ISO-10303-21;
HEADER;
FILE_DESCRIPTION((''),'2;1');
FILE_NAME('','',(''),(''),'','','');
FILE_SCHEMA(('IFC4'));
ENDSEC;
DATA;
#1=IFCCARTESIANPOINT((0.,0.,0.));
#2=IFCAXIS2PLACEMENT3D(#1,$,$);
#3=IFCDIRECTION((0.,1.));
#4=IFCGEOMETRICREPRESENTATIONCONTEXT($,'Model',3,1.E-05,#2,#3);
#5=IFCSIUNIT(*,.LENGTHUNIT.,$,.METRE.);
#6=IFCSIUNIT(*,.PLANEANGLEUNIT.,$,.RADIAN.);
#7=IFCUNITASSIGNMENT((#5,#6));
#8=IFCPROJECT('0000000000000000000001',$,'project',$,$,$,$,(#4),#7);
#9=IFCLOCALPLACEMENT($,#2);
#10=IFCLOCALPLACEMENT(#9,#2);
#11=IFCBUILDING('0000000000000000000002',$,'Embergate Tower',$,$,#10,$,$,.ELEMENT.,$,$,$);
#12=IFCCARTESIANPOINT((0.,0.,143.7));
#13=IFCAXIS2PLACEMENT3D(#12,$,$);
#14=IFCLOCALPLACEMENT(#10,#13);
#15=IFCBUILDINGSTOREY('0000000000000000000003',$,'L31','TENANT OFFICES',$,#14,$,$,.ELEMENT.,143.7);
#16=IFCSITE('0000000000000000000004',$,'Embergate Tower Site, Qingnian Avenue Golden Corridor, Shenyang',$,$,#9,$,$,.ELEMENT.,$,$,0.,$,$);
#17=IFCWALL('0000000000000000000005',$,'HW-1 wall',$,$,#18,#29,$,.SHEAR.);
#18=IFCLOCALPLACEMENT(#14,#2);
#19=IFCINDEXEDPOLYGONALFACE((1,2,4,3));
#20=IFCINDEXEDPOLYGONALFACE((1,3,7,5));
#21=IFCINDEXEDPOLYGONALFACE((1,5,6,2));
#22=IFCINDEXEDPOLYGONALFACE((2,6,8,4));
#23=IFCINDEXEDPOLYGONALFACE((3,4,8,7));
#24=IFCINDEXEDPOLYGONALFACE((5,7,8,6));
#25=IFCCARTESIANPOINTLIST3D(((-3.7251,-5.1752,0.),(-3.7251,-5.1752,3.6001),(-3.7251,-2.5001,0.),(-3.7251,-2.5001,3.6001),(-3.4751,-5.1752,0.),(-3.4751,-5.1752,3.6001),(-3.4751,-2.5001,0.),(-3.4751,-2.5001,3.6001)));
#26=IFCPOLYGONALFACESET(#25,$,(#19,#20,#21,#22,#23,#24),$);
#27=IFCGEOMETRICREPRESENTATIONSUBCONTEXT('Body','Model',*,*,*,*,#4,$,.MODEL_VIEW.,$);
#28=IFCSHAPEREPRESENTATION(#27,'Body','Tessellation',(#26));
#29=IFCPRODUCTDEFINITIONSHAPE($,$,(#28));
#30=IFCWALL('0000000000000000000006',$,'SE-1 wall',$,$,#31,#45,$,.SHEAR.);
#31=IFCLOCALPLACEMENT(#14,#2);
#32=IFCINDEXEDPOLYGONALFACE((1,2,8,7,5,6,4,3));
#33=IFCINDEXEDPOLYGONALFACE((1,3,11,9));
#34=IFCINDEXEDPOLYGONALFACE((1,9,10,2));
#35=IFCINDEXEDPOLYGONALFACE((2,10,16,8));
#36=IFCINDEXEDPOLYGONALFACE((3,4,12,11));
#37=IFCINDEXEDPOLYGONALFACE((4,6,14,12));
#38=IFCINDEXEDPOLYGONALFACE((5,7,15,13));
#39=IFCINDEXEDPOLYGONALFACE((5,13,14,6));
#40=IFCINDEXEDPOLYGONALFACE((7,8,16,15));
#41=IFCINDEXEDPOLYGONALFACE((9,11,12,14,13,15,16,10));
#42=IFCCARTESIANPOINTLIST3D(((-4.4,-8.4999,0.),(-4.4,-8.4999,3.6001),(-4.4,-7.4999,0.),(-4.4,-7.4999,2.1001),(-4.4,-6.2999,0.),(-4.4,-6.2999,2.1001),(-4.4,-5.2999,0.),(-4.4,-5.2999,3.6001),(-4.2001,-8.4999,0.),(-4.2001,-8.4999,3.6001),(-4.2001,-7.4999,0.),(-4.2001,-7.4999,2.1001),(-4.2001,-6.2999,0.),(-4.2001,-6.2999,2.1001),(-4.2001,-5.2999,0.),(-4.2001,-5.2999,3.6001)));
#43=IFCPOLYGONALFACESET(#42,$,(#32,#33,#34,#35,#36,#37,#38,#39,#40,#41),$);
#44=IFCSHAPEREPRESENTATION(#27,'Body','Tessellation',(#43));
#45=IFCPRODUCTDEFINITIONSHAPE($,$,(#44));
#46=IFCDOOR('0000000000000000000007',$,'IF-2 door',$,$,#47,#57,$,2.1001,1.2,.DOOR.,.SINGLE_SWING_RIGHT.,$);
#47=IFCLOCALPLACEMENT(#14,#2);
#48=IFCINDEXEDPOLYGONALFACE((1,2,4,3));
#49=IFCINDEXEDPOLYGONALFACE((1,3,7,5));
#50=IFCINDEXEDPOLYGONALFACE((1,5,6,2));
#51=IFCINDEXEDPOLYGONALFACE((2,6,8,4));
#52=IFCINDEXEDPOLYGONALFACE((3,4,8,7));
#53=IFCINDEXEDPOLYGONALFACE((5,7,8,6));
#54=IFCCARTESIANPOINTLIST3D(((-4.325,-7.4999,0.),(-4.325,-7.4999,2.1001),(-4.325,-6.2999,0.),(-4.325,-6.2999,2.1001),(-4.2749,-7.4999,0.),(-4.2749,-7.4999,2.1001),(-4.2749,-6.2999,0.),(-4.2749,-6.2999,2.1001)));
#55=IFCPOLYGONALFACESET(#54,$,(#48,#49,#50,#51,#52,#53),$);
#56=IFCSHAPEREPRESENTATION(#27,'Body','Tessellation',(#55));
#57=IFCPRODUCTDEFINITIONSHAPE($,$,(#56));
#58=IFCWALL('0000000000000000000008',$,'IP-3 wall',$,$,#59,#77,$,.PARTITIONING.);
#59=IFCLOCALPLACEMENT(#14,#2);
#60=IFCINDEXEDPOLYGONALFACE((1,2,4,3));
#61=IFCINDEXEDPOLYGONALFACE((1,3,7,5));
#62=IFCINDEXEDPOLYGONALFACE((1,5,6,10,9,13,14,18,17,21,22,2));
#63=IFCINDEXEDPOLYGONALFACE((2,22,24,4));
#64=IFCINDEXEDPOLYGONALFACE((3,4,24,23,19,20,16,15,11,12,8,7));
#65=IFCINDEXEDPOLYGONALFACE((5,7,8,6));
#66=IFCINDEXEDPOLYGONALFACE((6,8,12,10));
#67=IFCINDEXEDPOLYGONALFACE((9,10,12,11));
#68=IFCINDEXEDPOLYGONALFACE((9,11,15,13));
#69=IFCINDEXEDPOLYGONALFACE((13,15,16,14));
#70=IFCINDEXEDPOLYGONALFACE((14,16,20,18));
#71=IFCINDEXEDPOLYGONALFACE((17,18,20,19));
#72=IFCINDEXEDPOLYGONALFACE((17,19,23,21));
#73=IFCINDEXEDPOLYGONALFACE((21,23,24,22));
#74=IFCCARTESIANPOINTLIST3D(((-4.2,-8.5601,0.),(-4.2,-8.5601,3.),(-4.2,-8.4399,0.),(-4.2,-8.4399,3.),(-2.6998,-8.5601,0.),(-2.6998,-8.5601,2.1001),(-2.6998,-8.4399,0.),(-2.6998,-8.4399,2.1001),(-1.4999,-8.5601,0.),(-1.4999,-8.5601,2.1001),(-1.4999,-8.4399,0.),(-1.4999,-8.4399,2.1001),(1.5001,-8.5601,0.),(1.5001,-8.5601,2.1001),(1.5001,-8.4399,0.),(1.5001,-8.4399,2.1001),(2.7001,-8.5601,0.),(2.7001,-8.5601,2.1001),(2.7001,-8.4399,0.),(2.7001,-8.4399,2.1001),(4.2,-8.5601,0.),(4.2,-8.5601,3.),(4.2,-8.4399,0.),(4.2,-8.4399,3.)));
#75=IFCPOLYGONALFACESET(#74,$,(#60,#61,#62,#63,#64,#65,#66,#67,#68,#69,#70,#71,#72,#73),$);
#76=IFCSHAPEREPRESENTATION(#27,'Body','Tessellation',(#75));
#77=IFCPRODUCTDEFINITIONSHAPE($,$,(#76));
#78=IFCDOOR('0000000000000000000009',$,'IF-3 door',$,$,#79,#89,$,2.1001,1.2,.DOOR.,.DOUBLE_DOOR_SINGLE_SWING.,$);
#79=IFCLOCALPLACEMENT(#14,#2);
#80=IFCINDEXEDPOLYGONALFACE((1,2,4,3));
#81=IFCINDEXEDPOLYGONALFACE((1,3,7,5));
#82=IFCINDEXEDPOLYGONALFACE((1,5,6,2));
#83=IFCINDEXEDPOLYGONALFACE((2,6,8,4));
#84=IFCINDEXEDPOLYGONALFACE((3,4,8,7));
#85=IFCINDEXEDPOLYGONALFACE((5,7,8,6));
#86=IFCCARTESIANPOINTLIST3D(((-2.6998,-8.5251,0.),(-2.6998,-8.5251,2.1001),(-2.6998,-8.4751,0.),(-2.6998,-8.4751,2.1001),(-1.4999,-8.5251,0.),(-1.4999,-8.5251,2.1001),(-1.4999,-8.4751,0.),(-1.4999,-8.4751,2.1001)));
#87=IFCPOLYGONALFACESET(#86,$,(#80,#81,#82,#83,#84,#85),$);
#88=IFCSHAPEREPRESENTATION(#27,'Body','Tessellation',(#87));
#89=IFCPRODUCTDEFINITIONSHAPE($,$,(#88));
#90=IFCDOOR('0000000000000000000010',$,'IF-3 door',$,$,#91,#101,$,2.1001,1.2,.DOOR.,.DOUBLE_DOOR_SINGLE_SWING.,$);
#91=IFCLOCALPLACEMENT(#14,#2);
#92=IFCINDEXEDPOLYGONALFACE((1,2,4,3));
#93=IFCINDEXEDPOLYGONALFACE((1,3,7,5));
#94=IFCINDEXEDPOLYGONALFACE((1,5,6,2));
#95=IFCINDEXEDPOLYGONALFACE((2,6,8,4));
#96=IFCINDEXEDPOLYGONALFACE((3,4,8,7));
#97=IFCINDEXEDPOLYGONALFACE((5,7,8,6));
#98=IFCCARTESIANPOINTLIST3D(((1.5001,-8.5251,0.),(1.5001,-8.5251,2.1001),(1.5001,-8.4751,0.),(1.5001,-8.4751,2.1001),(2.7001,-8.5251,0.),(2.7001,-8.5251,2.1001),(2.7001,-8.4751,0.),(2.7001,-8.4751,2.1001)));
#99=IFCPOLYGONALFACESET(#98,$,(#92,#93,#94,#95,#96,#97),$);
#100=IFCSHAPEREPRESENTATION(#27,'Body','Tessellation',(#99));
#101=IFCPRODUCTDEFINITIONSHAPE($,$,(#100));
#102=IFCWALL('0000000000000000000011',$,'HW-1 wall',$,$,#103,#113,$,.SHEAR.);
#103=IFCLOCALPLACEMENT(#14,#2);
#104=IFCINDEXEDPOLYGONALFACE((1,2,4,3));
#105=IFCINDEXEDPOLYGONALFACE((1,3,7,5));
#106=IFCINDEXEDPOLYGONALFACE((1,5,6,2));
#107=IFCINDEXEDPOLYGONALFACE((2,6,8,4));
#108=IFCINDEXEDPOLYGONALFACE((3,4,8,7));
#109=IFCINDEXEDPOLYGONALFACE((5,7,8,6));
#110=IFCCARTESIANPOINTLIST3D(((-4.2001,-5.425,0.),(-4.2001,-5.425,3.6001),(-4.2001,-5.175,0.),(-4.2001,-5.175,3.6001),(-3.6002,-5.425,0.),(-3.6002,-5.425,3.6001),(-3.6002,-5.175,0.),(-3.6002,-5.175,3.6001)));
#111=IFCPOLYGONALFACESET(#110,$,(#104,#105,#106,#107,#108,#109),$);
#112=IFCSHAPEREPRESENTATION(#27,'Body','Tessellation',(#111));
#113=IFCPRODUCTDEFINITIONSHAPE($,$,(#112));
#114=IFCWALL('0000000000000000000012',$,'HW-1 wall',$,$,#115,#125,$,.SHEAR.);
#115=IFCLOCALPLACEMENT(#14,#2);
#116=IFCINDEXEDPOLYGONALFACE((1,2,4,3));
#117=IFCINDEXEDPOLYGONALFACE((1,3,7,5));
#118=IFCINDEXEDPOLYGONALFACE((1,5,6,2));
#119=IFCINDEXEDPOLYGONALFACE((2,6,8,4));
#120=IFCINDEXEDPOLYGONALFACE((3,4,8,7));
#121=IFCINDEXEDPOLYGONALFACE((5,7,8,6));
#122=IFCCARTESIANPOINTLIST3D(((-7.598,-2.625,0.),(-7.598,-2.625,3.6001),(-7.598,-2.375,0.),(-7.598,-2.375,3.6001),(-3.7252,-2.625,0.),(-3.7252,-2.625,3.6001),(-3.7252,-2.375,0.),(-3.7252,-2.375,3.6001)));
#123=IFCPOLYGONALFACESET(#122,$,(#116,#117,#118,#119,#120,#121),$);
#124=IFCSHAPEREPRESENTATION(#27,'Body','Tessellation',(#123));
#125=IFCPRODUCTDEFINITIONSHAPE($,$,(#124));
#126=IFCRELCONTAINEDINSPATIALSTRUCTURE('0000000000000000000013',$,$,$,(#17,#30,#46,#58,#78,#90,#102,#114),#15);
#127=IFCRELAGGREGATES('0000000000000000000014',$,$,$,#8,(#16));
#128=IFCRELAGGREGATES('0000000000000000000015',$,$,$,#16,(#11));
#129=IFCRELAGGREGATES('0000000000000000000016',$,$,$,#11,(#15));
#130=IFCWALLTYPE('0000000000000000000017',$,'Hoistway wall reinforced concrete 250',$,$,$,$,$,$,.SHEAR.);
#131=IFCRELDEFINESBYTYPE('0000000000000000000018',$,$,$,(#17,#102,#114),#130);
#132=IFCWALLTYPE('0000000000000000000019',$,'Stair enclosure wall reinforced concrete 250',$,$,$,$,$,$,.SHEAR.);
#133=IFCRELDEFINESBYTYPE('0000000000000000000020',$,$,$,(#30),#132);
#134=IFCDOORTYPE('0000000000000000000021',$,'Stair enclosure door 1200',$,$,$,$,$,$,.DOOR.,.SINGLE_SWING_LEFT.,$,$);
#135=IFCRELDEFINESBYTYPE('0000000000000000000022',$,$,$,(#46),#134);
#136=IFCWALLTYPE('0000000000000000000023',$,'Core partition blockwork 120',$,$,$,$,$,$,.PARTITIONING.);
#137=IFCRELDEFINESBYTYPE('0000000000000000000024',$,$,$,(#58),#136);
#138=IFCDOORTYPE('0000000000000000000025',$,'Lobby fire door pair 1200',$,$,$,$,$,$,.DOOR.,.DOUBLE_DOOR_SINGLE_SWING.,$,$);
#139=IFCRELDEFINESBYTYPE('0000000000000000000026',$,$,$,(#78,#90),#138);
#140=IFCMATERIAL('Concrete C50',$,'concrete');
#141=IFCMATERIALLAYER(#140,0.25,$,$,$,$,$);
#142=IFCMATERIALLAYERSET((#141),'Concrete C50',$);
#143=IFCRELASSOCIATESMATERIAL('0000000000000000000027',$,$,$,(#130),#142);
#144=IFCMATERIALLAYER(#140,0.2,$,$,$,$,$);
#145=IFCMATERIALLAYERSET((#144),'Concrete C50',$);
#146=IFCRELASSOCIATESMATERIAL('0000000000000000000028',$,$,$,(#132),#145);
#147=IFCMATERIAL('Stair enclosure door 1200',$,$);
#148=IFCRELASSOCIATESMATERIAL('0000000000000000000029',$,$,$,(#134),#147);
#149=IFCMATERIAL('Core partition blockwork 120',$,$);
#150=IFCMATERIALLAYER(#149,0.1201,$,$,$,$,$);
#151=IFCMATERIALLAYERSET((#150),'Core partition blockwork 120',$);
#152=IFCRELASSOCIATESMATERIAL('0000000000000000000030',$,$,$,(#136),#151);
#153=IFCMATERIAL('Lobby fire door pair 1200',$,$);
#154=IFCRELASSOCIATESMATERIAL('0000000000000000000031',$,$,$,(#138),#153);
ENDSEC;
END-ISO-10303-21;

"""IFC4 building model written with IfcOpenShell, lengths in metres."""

from ifc_helpers import new_model, si_unit, direction, frame, frame_2d, origin, place, context, subcontext, project, spatial, rectangle, extrude, source, transform, mapped, material, layer, layer_set, type_object, element, fill, save


model = new_model("IFC4")

# Units and contexts
model_context = context("Model", 3, precision=1e-05, world=origin(), true_north=direction((0.0, 1.0)))
body_context = subcontext(model_context, "Body", "Model", "MODEL_VIEW")
ifc_project = project(units=[si_unit("LENGTHUNIT", "METRE"), si_unit("PLANEANGLEUNIT", "RADIAN")], contexts=[model_context])

# Site, building, storey
site_placement = place(None, origin())
site = spatial("IfcSite", under=ifc_project, at=site_placement, Name="Embergate Tower Site, Qingnian Avenue Golden Corridor, Shenyang", CompositionType="ELEMENT", RefElevation=0.0)
building_placement = place(site_placement, origin())
building = spatial("IfcBuilding", under=site, at=building_placement, Name="Embergate Tower", CompositionType="ELEMENT")
storey_placement = place(building_placement, frame((0.0, 0.0, 143.7)))
storey = spatial("IfcBuildingStorey", under=building, at=storey_placement, Name="L31", Description="TENANT OFFICES", CompositionType="ELEMENT", Elevation=143.7)

# Wall
ifc_material_1 = material(Name="Concrete C50", Category="concrete")
ifc_layer_1 = layer(ifc_material_1, 0.25)
ifc_layer_set_1 = layer_set([ifc_layer_1], Name="Concrete C50")
wall_type_1 = type_object("IfcWallType", Name="Hoistway wall reinforced concrete 250", PredefinedType="SHEAR", material=ifc_layer_set_1)
shared_shape_1 = source(origin(), body_context, "Body", "SweptSolid", [
    extrude(rectangle(XDim=2.675, YDim=0.25, at=frame_2d((1.3374, 0.0))), origin(), (0.0, 0.0, 1.0), 3.6001),
])
wall_1_placement = place(storey_placement, frame((-3.6001, -5.175, 0.0), z_axis=(0.0, 0.0, 1.0), x_axis=(0.0, 1.0, 0.0)))
element("IfcWall", 1, at=wall_1_placement, inside=storey, type_object=wall_type_1, Name="HW-1 wall", PredefinedType="SHEAR", context=body_context, shape_type="MappedRepresentation", body=[
    mapped(shared_shape_1, transform((0.0, 0.0, 0.0))),
])

# Wall, opening, door
ifc_layer_2 = layer(ifc_material_1, 0.2)
ifc_layer_set_2 = layer_set([ifc_layer_2], Name="Concrete C50")
wall_type_2 = type_object("IfcWallType", Name="Stair enclosure wall reinforced concrete 250", PredefinedType="SHEAR", material=ifc_layer_set_2)
shared_shape_2 = source(origin(), body_context, "Body", "SweptSolid", [
    extrude(rectangle(XDim=3.2, YDim=0.2, at=frame_2d((1.6001, 0.0))), origin(), (0.0, 0.0, 1.0), 3.6001),
])
wall_2_placement = place(storey_placement, frame((-4.3, -8.5, 0.0), z_axis=(0.0, 0.0, 1.0), x_axis=(0.0, 1.0, 0.0)))
wall_2 = element("IfcWall", 2, at=wall_2_placement, inside=storey, type_object=wall_type_2, Name="SE-1 wall", PredefinedType="SHEAR", context=body_context, shape_type="MappedRepresentation", body=[
    mapped(shared_shape_2, transform((0.0, 0.0, 0.0))),
])
shared_shape_3 = source(origin(), body_context, "Body", "SweptSolid", [
    extrude(rectangle(XDim=1.2, YDim=2.1001, at=frame_2d((0.6001, 1.05))), frame((0.0, 0.1099, 0.0), z_axis=(0.0, -1.0, 0.0), x_axis=(1.0, 0.0, 0.0)), (0.0, 0.0, 1.0), 0.22),
])
opening_1_placement = place(wall_2_placement, frame((1.0, 0.0, 0.0)))
opening_1 = element("IfcOpeningElement", 3, at=opening_1_placement, cuts=wall_2, PredefinedType="OPENING", context=body_context, shape_type="MappedRepresentation", body=[
    mapped(shared_shape_3, transform((0.0, 0.0, 0.0))),
])
ifc_material_2 = material(Name="Stair enclosure door 1200")
door_type_1 = type_object("IfcDoorType", Name="Stair enclosure door 1200", OperationType="SINGLE_SWING_LEFT", PredefinedType="DOOR", material=ifc_material_2)
shared_shape_4 = source(origin(), body_context, "Body", "SweptSolid", [
    extrude(rectangle(XDim=1.2, YDim=2.1001, at=frame_2d((0.6001, 1.05))), frame((0.0, 0.0249, 0.0), z_axis=(0.0, -1.0, 0.0), x_axis=(1.0, 0.0, 0.0)), (0.0, 0.0, 1.0), 0.05),
])
door_1_placement = place(opening_1_placement, origin())
door_1 = element("IfcDoor", 4, at=door_1_placement, inside=storey, type_object=door_type_1, Name="IF-2 door", OperationType="SINGLE_SWING_RIGHT", OverallHeight=2.1001, OverallWidth=1.2, PredefinedType="DOOR", context=body_context, shape_type="MappedRepresentation", body=[
    mapped(shared_shape_4, transform((0.0, 0.0, 0.0))),
])
fill(opening_1, door_1)

# Wall, openings, doors
ifc_material_3 = material(Name="Core partition blockwork 120")
ifc_layer_3 = layer(ifc_material_3, 0.1201)
ifc_layer_set_3 = layer_set([ifc_layer_3], Name="Core partition blockwork 120")
wall_type_3 = type_object("IfcWallType", Name="Core partition blockwork 120", PredefinedType="PARTITIONING", material=ifc_layer_set_3)
shared_shape_5 = source(origin(), body_context, "Body", "SweptSolid", [
    extrude(rectangle(XDim=8.3999, YDim=0.1201, at=frame_2d((4.2, 0.0))), origin(), (0.0, 0.0, 1.0), 3.0),
])
wall_3_placement = place(storey_placement, frame((-4.2, -8.5, 0.0), z_axis=(0.0, 0.0, 1.0), x_axis=(1.0, 0.0, 0.0)))
wall_3 = element("IfcWall", 5, at=wall_3_placement, inside=storey, type_object=wall_type_3, Name="IP-3 wall", PredefinedType="PARTITIONING", context=body_context, shape_type="MappedRepresentation", body=[
    mapped(shared_shape_5, transform((0.0, 0.0, 0.0))),
])
shared_shape_6 = source(origin(), body_context, "Body", "SweptSolid", [
    extrude(rectangle(XDim=1.2, YDim=2.1001, at=frame_2d((0.6001, 1.05))), frame((0.0, 0.0701, 0.0), z_axis=(0.0, -1.0, 0.0), x_axis=(1.0, 0.0, 0.0)), (0.0, 0.0, 1.0), 0.1401),
])
opening_2_placement = place(wall_3_placement, frame((1.5, 0.0, 0.0)))
opening_2 = element("IfcOpeningElement", 6, at=opening_2_placement, cuts=wall_3, PredefinedType="OPENING", context=body_context, shape_type="MappedRepresentation", body=[
    mapped(shared_shape_6, transform((0.0, 0.0, 0.0))),
])
opening_3_placement = place(wall_3_placement, frame((5.7, 0.0, 0.0)))
opening_3 = element("IfcOpeningElement", 7, at=opening_3_placement, cuts=wall_3, PredefinedType="OPENING", context=body_context, shape_type="MappedRepresentation", body=[
    mapped(shared_shape_6, transform((0.0, 0.0, 0.0))),
])
ifc_material_4 = material(Name="Lobby fire door pair 1200")
door_type_2 = type_object("IfcDoorType", Name="Lobby fire door pair 1200", OperationType="DOUBLE_DOOR_SINGLE_SWING", PredefinedType="DOOR", material=ifc_material_4)
door_2_placement = place(opening_2_placement, origin())
door_2 = element("IfcDoor", 8, at=door_2_placement, inside=storey, type_object=door_type_2, Name="IF-3 door", OperationType="DOUBLE_DOOR_SINGLE_SWING", OverallHeight=2.1001, OverallWidth=1.2, PredefinedType="DOOR", context=body_context, shape_type="MappedRepresentation", body=[
    mapped(shared_shape_4, transform((0.0, 0.0, 0.0))),
])
fill(opening_2, door_2)
door_3_placement = place(opening_3_placement, origin())
door_3 = element("IfcDoor", 9, at=door_3_placement, inside=storey, type_object=door_type_2, Name="IF-3 door", OperationType="DOUBLE_DOOR_SINGLE_SWING", OverallHeight=2.1001, OverallWidth=1.2, PredefinedType="DOOR", context=body_context, shape_type="MappedRepresentation", body=[
    mapped(shared_shape_4, transform((0.0, 0.0, 0.0))),
])
fill(opening_3, door_3)

# Walls
shared_shape_7 = source(origin(), body_context, "Body", "SweptSolid", [
    extrude(rectangle(XDim=0.5999, YDim=0.25, at=frame_2d((0.2998, 0.0))), origin(), (0.0, 0.0, 1.0), 3.6001),
])
wall_4_placement = place(storey_placement, frame((-4.2, -5.3, 0.0), z_axis=(0.0, 0.0, 1.0), x_axis=(1.0, 0.0, 0.0)))
element("IfcWall", 10, at=wall_4_placement, inside=storey, type_object=wall_type_1, Name="HW-1 wall", PredefinedType="SHEAR", context=body_context, shape_type="MappedRepresentation", body=[
    mapped(shared_shape_7, transform((0.0, 0.0, 0.0))),
])
shared_shape_8 = source(origin(), body_context, "Body", "SweptSolid", [
    extrude(rectangle(XDim=3.8728, YDim=0.25, at=frame_2d((1.9365, 0.0))), origin(), (0.0, 0.0, 1.0), 3.6001),
])
wall_5_placement = place(storey_placement, frame((-3.7251, -2.5, 0.0), z_axis=(0.0, 0.0, 1.0), x_axis=(-1.0, 0.0, 0.0)))
element("IfcWall", 11, at=wall_5_placement, inside=storey, type_object=wall_type_1, Name="HW-1 wall", PredefinedType="SHEAR", context=body_context, shape_type="MappedRepresentation", body=[
    mapped(shared_shape_8, transform((0.0, 0.0, 0.0))),
])

save(model, "model.ifc")
